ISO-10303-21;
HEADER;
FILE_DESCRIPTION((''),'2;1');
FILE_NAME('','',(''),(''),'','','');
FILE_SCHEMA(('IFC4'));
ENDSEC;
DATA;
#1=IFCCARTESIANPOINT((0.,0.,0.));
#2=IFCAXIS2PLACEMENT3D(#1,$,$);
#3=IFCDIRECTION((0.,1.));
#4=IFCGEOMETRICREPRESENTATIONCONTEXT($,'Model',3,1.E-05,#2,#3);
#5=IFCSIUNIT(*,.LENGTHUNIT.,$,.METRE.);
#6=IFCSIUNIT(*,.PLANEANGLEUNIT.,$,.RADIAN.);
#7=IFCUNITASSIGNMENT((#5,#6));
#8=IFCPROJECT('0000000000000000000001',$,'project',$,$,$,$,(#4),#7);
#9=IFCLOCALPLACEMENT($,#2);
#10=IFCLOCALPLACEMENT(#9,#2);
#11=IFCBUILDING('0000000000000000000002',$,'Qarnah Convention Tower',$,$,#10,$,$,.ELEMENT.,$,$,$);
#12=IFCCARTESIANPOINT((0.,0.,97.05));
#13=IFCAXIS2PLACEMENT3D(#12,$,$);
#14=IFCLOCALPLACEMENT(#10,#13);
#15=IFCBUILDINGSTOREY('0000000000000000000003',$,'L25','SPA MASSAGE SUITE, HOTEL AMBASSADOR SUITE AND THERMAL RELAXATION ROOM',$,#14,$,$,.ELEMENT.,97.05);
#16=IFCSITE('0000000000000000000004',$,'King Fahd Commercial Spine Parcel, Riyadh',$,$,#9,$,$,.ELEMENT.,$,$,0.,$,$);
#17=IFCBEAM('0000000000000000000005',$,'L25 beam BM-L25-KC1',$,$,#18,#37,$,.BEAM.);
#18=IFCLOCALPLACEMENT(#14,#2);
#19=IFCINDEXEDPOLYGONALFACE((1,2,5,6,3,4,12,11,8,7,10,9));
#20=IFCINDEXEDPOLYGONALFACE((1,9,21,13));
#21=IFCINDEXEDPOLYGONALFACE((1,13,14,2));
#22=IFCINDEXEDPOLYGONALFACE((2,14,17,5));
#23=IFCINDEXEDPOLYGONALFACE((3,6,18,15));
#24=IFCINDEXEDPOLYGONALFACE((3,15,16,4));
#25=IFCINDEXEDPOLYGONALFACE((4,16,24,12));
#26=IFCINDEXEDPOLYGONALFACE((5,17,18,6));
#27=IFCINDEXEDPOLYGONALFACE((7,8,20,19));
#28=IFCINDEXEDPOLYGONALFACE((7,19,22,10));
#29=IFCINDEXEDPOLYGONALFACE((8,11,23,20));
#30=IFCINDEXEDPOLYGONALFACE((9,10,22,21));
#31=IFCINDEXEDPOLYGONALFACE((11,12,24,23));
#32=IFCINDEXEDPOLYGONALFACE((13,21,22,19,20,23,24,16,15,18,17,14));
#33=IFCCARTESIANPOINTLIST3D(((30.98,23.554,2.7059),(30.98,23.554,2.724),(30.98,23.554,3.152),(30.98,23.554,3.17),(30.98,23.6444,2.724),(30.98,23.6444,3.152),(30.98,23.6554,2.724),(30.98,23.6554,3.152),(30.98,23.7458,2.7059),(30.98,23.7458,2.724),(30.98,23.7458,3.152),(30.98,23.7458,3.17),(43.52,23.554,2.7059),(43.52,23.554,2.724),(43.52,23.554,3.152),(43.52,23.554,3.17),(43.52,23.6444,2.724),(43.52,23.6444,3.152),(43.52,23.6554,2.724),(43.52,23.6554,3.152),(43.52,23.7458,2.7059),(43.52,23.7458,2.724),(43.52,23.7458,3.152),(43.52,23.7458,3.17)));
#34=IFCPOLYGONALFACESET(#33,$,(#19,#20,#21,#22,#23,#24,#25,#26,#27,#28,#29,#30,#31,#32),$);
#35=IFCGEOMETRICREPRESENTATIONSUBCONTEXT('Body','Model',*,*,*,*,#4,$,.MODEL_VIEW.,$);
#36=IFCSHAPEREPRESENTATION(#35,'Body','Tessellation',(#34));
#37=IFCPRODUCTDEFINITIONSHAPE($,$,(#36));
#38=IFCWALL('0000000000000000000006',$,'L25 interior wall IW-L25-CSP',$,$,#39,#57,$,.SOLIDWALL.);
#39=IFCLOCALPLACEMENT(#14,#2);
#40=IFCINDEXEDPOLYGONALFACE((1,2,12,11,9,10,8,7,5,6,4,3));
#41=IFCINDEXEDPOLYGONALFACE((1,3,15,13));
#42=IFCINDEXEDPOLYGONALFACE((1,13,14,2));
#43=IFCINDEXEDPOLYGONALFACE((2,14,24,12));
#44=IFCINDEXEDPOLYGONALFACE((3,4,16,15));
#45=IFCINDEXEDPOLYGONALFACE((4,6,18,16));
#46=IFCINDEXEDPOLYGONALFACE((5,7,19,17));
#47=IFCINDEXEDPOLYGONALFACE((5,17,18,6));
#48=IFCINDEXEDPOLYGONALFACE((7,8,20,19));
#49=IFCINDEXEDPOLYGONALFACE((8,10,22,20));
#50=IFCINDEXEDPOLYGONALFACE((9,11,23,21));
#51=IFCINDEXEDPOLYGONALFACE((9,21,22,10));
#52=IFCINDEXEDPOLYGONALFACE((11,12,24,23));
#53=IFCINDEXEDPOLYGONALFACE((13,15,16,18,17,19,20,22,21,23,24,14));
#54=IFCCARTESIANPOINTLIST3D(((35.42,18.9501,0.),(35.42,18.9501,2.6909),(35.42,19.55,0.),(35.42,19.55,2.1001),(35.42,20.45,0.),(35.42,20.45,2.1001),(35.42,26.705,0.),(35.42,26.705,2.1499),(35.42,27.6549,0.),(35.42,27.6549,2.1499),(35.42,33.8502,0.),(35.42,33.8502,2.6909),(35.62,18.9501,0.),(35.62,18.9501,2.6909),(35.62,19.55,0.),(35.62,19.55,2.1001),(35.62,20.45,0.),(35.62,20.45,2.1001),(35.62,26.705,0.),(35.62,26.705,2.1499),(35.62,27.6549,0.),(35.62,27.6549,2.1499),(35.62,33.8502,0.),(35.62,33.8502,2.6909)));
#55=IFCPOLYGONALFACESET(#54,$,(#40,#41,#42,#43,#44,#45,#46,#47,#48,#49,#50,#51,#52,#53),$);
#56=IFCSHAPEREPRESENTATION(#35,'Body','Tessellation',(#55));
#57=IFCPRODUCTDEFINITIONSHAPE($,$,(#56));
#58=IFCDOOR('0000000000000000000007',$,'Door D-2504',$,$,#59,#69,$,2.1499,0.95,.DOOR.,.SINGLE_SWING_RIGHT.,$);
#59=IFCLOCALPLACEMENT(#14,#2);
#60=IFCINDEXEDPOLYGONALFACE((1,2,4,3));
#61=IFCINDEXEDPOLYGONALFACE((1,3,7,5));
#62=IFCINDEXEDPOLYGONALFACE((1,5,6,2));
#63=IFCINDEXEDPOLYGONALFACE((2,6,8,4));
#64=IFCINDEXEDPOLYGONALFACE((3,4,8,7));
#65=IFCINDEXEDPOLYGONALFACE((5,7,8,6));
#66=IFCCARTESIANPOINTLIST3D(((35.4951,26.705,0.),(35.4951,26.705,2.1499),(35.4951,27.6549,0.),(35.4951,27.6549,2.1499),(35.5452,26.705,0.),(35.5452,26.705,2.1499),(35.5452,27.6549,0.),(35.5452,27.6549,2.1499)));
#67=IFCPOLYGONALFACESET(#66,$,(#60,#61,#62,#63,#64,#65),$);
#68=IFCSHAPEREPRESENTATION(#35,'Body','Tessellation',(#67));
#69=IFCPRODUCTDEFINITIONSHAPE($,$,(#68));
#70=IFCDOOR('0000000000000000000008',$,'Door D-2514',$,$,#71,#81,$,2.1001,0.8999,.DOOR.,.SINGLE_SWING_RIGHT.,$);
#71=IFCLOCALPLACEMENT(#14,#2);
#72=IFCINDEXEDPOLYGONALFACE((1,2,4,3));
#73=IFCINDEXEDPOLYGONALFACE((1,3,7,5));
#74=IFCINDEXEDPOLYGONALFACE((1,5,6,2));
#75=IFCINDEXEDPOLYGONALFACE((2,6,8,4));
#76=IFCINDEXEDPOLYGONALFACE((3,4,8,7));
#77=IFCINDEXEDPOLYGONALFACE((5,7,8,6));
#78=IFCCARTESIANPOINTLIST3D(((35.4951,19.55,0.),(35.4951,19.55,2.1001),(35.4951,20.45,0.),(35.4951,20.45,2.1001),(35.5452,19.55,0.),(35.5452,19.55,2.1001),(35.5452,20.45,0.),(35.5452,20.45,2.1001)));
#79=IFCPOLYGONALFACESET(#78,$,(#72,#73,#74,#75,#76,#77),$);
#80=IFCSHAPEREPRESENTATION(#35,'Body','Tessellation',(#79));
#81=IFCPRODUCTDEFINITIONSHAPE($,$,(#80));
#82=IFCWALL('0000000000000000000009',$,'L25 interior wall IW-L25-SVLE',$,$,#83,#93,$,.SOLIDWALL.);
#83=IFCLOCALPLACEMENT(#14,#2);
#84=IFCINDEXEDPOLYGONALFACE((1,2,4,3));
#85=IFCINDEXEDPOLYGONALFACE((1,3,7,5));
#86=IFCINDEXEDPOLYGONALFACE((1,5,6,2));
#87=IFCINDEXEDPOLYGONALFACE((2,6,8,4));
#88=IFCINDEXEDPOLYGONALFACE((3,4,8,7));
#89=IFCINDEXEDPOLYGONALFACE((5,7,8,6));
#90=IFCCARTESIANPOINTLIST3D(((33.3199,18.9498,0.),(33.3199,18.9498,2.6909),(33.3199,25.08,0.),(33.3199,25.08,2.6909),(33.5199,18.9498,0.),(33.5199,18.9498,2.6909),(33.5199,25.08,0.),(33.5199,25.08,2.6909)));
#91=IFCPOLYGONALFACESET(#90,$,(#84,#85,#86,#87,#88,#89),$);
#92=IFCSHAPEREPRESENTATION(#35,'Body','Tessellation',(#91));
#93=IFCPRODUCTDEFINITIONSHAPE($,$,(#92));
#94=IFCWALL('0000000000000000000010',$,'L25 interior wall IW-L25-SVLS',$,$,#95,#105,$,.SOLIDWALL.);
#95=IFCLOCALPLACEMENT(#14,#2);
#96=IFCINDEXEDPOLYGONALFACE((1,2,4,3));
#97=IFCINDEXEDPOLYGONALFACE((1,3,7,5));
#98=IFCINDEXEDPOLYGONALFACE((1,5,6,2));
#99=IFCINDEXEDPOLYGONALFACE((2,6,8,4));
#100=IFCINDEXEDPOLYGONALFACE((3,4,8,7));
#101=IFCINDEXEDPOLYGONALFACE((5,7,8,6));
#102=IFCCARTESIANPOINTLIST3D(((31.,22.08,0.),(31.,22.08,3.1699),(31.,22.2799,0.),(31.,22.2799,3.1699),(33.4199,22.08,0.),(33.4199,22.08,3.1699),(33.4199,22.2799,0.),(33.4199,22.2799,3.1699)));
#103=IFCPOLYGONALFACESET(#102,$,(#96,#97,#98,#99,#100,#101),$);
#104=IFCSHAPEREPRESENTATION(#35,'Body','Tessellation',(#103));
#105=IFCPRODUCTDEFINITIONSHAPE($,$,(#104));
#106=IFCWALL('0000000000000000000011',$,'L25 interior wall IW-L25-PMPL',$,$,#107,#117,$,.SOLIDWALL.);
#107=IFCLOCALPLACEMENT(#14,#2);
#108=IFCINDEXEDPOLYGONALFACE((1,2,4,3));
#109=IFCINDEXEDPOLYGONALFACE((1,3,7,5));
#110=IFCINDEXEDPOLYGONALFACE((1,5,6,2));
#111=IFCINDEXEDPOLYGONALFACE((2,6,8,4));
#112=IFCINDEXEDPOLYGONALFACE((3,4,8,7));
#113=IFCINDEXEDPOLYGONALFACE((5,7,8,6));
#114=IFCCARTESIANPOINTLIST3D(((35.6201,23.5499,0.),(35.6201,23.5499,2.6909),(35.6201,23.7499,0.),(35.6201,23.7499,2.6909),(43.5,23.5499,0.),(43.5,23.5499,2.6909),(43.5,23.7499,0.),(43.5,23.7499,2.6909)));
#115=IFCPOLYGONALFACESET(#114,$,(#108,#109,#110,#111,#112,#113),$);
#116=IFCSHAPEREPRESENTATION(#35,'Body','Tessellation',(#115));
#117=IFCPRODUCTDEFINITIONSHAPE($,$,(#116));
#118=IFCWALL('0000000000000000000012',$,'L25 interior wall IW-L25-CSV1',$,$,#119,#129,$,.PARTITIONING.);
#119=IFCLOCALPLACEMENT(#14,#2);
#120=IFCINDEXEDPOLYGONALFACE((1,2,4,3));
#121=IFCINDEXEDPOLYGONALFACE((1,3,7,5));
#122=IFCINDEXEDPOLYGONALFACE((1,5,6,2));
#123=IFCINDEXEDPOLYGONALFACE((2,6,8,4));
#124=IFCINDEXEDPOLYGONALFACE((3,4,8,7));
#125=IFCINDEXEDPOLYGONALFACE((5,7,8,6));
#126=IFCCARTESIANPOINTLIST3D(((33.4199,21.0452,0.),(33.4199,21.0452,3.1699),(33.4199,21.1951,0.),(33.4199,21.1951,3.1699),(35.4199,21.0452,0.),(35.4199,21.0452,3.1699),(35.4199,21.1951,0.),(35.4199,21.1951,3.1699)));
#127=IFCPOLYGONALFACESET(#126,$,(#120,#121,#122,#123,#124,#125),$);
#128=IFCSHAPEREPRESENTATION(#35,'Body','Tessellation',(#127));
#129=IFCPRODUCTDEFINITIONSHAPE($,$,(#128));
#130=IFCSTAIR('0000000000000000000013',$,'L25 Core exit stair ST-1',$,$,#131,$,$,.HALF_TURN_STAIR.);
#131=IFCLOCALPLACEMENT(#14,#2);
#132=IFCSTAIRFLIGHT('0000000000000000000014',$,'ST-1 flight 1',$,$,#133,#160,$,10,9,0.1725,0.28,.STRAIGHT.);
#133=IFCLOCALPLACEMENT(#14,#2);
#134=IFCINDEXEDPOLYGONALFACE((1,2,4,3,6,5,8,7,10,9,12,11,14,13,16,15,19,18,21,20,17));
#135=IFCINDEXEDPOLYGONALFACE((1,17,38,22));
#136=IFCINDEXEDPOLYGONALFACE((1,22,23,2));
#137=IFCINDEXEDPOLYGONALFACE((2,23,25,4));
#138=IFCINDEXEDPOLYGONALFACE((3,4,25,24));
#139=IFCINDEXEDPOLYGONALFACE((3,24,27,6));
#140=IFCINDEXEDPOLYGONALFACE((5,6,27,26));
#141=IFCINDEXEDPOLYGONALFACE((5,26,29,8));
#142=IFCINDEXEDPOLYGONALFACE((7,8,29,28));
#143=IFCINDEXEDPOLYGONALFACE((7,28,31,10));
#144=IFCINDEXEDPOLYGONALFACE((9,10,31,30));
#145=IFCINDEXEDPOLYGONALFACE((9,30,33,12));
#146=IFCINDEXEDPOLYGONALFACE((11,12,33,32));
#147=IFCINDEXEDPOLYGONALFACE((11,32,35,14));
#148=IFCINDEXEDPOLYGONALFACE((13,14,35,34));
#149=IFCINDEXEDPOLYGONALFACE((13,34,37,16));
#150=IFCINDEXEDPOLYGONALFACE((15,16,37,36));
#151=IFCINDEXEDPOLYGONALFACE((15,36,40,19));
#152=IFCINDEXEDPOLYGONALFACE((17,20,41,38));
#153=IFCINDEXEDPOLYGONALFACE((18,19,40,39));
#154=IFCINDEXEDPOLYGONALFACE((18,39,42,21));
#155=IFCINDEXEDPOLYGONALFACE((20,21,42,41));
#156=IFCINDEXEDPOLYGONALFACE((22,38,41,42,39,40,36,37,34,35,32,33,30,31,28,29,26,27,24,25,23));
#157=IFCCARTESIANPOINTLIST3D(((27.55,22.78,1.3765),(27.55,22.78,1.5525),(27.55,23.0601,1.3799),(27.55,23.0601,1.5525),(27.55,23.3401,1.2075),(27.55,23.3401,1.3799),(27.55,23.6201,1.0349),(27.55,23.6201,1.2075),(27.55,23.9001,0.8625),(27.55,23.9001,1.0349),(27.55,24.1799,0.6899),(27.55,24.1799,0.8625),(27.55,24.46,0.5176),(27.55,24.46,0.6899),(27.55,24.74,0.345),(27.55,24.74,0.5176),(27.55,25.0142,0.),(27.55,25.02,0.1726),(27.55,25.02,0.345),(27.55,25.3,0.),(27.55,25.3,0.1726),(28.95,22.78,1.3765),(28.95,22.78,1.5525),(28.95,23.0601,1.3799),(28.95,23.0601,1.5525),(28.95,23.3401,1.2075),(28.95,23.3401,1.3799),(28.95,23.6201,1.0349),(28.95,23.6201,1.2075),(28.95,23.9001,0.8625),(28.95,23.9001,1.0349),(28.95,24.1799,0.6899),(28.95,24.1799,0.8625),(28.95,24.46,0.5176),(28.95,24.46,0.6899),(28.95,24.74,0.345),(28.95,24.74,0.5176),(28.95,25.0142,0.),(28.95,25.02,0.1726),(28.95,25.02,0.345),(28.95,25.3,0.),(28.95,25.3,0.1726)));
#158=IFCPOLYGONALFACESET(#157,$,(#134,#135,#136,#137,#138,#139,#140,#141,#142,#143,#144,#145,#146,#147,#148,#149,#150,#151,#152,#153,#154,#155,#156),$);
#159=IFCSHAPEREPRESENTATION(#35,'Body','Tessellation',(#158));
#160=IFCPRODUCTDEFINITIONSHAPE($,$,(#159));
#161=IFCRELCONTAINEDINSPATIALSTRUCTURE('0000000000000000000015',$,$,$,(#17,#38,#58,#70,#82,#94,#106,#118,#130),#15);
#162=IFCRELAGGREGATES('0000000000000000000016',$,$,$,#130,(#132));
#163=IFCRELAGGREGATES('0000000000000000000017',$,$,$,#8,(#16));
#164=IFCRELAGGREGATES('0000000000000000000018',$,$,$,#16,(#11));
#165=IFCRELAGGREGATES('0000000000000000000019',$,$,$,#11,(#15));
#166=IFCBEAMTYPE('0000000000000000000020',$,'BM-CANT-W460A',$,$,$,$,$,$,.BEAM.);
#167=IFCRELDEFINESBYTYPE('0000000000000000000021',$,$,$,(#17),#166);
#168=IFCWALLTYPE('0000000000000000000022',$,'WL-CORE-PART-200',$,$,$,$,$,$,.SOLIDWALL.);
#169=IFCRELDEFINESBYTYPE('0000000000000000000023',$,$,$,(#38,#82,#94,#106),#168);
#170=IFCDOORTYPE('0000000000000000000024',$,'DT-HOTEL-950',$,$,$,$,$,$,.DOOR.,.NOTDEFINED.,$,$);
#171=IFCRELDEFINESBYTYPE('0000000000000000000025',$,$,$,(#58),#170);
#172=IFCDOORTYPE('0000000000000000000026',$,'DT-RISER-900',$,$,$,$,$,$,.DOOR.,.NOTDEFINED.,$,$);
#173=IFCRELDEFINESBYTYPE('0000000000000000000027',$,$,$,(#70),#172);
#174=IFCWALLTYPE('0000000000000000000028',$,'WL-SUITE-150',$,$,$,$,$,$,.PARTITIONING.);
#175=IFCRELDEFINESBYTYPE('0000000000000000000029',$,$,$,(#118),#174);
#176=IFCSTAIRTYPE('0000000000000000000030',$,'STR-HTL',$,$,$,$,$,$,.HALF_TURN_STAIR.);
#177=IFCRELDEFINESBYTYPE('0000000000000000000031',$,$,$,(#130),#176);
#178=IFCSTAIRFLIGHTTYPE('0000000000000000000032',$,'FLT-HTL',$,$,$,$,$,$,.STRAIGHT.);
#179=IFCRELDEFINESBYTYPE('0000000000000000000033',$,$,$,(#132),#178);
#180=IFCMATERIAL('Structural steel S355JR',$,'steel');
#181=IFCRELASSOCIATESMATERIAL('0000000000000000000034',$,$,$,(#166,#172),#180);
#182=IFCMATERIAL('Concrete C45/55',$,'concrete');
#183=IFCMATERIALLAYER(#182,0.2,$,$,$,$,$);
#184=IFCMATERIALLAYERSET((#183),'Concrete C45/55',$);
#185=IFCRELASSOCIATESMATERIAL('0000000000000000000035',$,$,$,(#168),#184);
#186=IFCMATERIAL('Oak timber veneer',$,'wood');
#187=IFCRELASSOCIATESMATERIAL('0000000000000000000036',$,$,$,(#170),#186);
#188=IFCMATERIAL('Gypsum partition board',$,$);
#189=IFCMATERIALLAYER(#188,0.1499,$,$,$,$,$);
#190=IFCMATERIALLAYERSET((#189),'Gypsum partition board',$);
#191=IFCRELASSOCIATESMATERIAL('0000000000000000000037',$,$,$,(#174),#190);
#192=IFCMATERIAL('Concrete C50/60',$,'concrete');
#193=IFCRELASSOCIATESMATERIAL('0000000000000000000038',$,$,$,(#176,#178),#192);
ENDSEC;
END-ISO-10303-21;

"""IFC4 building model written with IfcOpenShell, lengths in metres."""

from ifc_helpers import new_model, si_unit, direction, frame, frame_2d, origin, origin_2d, place, context, subcontext, project, spatial, polyline, rectangle, i_section, outline, extrude, material, layer, layer_set, material_profile, profile_set, type_object, element, fill, aggregate, save


model = new_model("IFC4")

# Units and contexts
model_context = context("Model", 3, precision=1e-05, world=origin(), true_north=direction((0.0, 1.0)))
body_context = subcontext(model_context, "Body", "Model", "MODEL_VIEW")
ifc_project = project(units=[si_unit("LENGTHUNIT", "METRE"), si_unit("PLANEANGLEUNIT", "RADIAN")], contexts=[model_context])

# Site, building, storey
site_placement = place(None, origin())
site = spatial("IfcSite", under=ifc_project, at=site_placement, Name="King Fahd Commercial Spine Parcel, Riyadh", CompositionType="ELEMENT", RefElevation=0.0)
building_placement = place(site_placement, origin())
building = spatial("IfcBuilding", under=site, at=building_placement, Name="Qarnah Convention Tower", CompositionType="ELEMENT")
storey_placement = place(building_placement, frame((0.0, 0.0, 97.05)))
storey = spatial("IfcBuildingStorey", under=building, at=storey_placement, Name="L25", Description="SPA MASSAGE SUITE, HOTEL AMBASSADOR SUITE AND THERMAL RELAXATION ROOM", CompositionType="ELEMENT", Elevation=97.05)

# Beam
ifc_material_1 = material(Name="Structural steel S355JR", Category="steel")
ifc_material_profile = material_profile(ifc_material_1, i_section(OverallWidth=0.1919, OverallDepth=0.4641, WebThickness=0.011, FlangeThickness=0.0181, at=origin_2d()), Name="W460X89")
ifc_profile_set = profile_set([ifc_material_profile], Name="Structural steel S355JR")
beam_type = type_object("IfcBeamType", Name="BM-CANT-W460A", PredefinedType="BEAM", material=ifc_profile_set)
beam_placement = place(storey_placement, frame((30.98, 23.6499, 2.938), z_axis=(1.0, 0.0, 0.0), x_axis=(0.0, 1.0, 0.0)))
element("IfcBeam", 1, at=beam_placement, inside=storey, type_object=beam_type, Name="L25 beam BM-L25-KC1", PredefinedType="BEAM", context=body_context, shape_type="SweptSolid", body=[
    extrude(i_section(OverallWidth=0.1919, OverallDepth=0.4641, WebThickness=0.011, FlangeThickness=0.0181, at=origin_2d()), origin(), (0.0, 0.0, 1.0), 12.54),
])

# Wall, openings, doors
door_type_1 = type_object("IfcDoorType", Name="DT-RISER-900", OperationType="NOTDEFINED", PredefinedType="DOOR", material=ifc_material_1)
ifc_material_2 = material(Name="Concrete C45/55", Category="concrete")
ifc_layer_1 = layer(ifc_material_2, 0.2)
ifc_layer_set_1 = layer_set([ifc_layer_1], Name="Concrete C45/55")
wall_type_1 = type_object("IfcWallType", Name="WL-CORE-PART-200", PredefinedType="SOLIDWALL", material=ifc_layer_set_1)
wall_1_placement = place(storey_placement, frame((35.52, 18.95, 0.0), z_axis=(0.0, 0.0, 1.0), x_axis=(0.0, 1.0, 0.0)))
wall_1 = element("IfcWall", 2, at=wall_1_placement, inside=storey, type_object=wall_type_1, Name="L25 interior wall IW-L25-CSP", PredefinedType="SOLIDWALL", context=body_context, shape_type="SweptSolid", body=[
    extrude(rectangle(XDim=14.9001, YDim=0.2, at=frame_2d((7.4502, 0.0))), origin(), (0.0, 0.0, 1.0), 2.6909),
])
opening_1_placement = place(wall_1_placement, frame((7.7549, 0.0, 0.0)))
opening_1 = element("IfcOpeningElement", 3, at=opening_1_placement, cuts=wall_1, PredefinedType="OPENING", context=body_context, shape_type="SweptSolid", body=[
    extrude(rectangle(XDim=0.95, YDim=2.1499, at=frame_2d((0.4751, 1.075))), frame((0.0, 0.1099, 0.0), z_axis=(0.0, -1.0, 0.0), x_axis=(1.0, 0.0, 0.0)), (0.0, 0.0, 1.0), 0.22),
])
opening_2_placement = place(wall_1_placement, frame((0.6001, 0.0, 0.0)))
opening_2 = element("IfcOpeningElement", 4, at=opening_2_placement, cuts=wall_1, PredefinedType="OPENING", context=body_context, shape_type="SweptSolid", body=[
    extrude(rectangle(XDim=0.8999, YDim=2.1001, at=frame_2d((0.45, 1.05))), frame((0.0, 0.1099, 0.0), z_axis=(0.0, -1.0, 0.0), x_axis=(1.0, 0.0, 0.0)), (0.0, 0.0, 1.0), 0.22),
])
ifc_material_3 = material(Name="Oak timber veneer", Category="wood")
door_type_2 = type_object("IfcDoorType", Name="DT-HOTEL-950", OperationType="NOTDEFINED", PredefinedType="DOOR", material=ifc_material_3)
door_1_placement = place(opening_1_placement, origin())
door_1 = element("IfcDoor", 5, at=door_1_placement, inside=storey, type_object=door_type_2, Name="Door D-2504", OperationType="SINGLE_SWING_RIGHT", OverallHeight=2.1499, OverallWidth=0.95, PredefinedType="DOOR", context=body_context, shape_type="SweptSolid", body=[
    extrude(rectangle(XDim=0.95, YDim=2.1499, at=frame_2d((0.4751, 1.075))), frame((0.0, 0.0249, 0.0), z_axis=(0.0, -1.0, 0.0), x_axis=(1.0, 0.0, 0.0)), (0.0, 0.0, 1.0), 0.05),
])
fill(opening_1, door_1)
door_2_placement = place(opening_2_placement, origin())
door_2 = element("IfcDoor", 6, at=door_2_placement, inside=storey, type_object=door_type_1, Name="Door D-2514", OperationType="SINGLE_SWING_RIGHT", OverallHeight=2.1001, OverallWidth=0.8999, PredefinedType="DOOR", context=body_context, shape_type="SweptSolid", body=[
    extrude(rectangle(XDim=0.8999, YDim=2.1001, at=frame_2d((0.45, 1.05))), frame((0.0, 0.0249, 0.0), z_axis=(0.0, -1.0, 0.0), x_axis=(1.0, 0.0, 0.0)), (0.0, 0.0, 1.0), 0.05),
])
fill(opening_2, door_2)

# Walls
wall_2_placement = place(storey_placement, frame((33.4199, 18.95, 0.0), z_axis=(0.0, 0.0, 1.0), x_axis=(0.0, 1.0, 0.0)))
element("IfcWall", 7, at=wall_2_placement, inside=storey, type_object=wall_type_1, Name="L25 interior wall IW-L25-SVLE", PredefinedType="SOLIDWALL", context=body_context, shape_type="SweptSolid", body=[
    extrude(rectangle(XDim=6.1301, YDim=0.2, at=frame_2d((3.0649, 0.0))), origin(), (0.0, 0.0, 1.0), 2.6909),
])
wall_3_placement = place(storey_placement, frame((31.0, 22.1799, 0.0), z_axis=(0.0, 0.0, 1.0), x_axis=(1.0, 0.0, 0.0)))
element("IfcWall", 8, at=wall_3_placement, inside=storey, type_object=wall_type_1, Name="L25 interior wall IW-L25-SVLS", PredefinedType="SOLIDWALL", context=body_context, shape_type="SweptSolid", body=[
    extrude(rectangle(XDim=2.4199, YDim=0.2, at=frame_2d((1.21, 0.0))), origin(), (0.0, 0.0, 1.0), 3.1699),
])
wall_4_placement = place(storey_placement, frame((35.6201, 23.6499, 0.0), z_axis=(0.0, 0.0, 1.0), x_axis=(1.0, 0.0, 0.0)))
element("IfcWall", 9, at=wall_4_placement, inside=storey, type_object=wall_type_1, Name="L25 interior wall IW-L25-PMPL", PredefinedType="SOLIDWALL", context=body_context, shape_type="SweptSolid", body=[
    extrude(rectangle(XDim=7.8799, YDim=0.2, at=frame_2d((3.9399, 0.0))), origin(), (0.0, 0.0, 1.0), 2.6909),
])

# Wall
ifc_material_4 = material(Name="Gypsum partition board")
ifc_layer_2 = layer(ifc_material_4, 0.1499)
ifc_layer_set_2 = layer_set([ifc_layer_2], Name="Gypsum partition board")
wall_type_2 = type_object("IfcWallType", Name="WL-SUITE-150", PredefinedType="PARTITIONING", material=ifc_layer_set_2)
wall_5_placement = place(storey_placement, frame((33.4199, 21.1201, 0.0), z_axis=(0.0, 0.0, 1.0), x_axis=(1.0, 0.0, 0.0)))
element("IfcWall", 10, at=wall_5_placement, inside=storey, type_object=wall_type_2, Name="L25 interior wall IW-L25-CSV1", PredefinedType="PARTITIONING", context=body_context, shape_type="SweptSolid", body=[
    extrude(rectangle(XDim=2.0, YDim=0.1499, at=frame_2d((1.0, 0.0))), origin(), (0.0, 0.0, 1.0), 3.1699),
])

# Stair, stair flight
ifc_material_5 = material(Name="Concrete C50/60", Category="concrete")
stair_type = type_object("IfcStairType", Name="STR-HTL", PredefinedType="HALF_TURN_STAIR", material=ifc_material_5)
stair_placement = place(storey_placement, origin())
stair = element("IfcStair", 11, at=stair_placement, inside=storey, type_object=stair_type, Name="L25 Core exit stair ST-1", PredefinedType="HALF_TURN_STAIR")
stair_flight_type = type_object("IfcStairFlightType", Name="FLT-HTL", PredefinedType="STRAIGHT", material=ifc_material_5)
stair_flight_1_placement = place(storey_placement, frame((28.25, 25.3, 0.0), z_axis=(0.0, 0.0, 1.0), x_axis=(0.0, -1.0, 0.0)))
stair_flight_1 = element("IfcStairFlight", 12, at=stair_flight_1_placement, type_object=stair_flight_type, Name="ST-1 flight 1", NumberOfRisers=10, NumberOfTreads=9, PredefinedType="STRAIGHT", RiserHeight=0.1725, TreadLength=0.28, context=body_context, shape_type="SweptSolid", body=[
    extrude(outline(polyline([(0.0, 0.0), (0.0, 0.1726), (0.28, 0.1726), (0.28, 0.345), (0.5601, 0.345), (0.5601, 0.5176), (0.8401, 0.5176), (0.8401, 0.6899), (1.1201, 0.6899), (1.1201, 0.8625), (1.3999, 0.8625), (1.3999, 1.0349), (1.6799, 1.0349), (1.6799, 1.2075), (1.96, 1.2075), (1.96, 1.3799), (2.24, 1.3799), (2.24, 1.5525), (2.52, 1.5525), (2.52, 1.7251), (2.52, 1.3765), (0.2859, 0.0), (0.0, 0.0)])), frame((0.0, 0.7, 0.0), z_axis=(0.0, -1.0, 0.0), x_axis=(1.0, 0.0, 0.0)), (0.0, 0.0, 1.0), 1.3999),
])
aggregate(stair, [stair_flight_1])

save(model, "model.ifc")
